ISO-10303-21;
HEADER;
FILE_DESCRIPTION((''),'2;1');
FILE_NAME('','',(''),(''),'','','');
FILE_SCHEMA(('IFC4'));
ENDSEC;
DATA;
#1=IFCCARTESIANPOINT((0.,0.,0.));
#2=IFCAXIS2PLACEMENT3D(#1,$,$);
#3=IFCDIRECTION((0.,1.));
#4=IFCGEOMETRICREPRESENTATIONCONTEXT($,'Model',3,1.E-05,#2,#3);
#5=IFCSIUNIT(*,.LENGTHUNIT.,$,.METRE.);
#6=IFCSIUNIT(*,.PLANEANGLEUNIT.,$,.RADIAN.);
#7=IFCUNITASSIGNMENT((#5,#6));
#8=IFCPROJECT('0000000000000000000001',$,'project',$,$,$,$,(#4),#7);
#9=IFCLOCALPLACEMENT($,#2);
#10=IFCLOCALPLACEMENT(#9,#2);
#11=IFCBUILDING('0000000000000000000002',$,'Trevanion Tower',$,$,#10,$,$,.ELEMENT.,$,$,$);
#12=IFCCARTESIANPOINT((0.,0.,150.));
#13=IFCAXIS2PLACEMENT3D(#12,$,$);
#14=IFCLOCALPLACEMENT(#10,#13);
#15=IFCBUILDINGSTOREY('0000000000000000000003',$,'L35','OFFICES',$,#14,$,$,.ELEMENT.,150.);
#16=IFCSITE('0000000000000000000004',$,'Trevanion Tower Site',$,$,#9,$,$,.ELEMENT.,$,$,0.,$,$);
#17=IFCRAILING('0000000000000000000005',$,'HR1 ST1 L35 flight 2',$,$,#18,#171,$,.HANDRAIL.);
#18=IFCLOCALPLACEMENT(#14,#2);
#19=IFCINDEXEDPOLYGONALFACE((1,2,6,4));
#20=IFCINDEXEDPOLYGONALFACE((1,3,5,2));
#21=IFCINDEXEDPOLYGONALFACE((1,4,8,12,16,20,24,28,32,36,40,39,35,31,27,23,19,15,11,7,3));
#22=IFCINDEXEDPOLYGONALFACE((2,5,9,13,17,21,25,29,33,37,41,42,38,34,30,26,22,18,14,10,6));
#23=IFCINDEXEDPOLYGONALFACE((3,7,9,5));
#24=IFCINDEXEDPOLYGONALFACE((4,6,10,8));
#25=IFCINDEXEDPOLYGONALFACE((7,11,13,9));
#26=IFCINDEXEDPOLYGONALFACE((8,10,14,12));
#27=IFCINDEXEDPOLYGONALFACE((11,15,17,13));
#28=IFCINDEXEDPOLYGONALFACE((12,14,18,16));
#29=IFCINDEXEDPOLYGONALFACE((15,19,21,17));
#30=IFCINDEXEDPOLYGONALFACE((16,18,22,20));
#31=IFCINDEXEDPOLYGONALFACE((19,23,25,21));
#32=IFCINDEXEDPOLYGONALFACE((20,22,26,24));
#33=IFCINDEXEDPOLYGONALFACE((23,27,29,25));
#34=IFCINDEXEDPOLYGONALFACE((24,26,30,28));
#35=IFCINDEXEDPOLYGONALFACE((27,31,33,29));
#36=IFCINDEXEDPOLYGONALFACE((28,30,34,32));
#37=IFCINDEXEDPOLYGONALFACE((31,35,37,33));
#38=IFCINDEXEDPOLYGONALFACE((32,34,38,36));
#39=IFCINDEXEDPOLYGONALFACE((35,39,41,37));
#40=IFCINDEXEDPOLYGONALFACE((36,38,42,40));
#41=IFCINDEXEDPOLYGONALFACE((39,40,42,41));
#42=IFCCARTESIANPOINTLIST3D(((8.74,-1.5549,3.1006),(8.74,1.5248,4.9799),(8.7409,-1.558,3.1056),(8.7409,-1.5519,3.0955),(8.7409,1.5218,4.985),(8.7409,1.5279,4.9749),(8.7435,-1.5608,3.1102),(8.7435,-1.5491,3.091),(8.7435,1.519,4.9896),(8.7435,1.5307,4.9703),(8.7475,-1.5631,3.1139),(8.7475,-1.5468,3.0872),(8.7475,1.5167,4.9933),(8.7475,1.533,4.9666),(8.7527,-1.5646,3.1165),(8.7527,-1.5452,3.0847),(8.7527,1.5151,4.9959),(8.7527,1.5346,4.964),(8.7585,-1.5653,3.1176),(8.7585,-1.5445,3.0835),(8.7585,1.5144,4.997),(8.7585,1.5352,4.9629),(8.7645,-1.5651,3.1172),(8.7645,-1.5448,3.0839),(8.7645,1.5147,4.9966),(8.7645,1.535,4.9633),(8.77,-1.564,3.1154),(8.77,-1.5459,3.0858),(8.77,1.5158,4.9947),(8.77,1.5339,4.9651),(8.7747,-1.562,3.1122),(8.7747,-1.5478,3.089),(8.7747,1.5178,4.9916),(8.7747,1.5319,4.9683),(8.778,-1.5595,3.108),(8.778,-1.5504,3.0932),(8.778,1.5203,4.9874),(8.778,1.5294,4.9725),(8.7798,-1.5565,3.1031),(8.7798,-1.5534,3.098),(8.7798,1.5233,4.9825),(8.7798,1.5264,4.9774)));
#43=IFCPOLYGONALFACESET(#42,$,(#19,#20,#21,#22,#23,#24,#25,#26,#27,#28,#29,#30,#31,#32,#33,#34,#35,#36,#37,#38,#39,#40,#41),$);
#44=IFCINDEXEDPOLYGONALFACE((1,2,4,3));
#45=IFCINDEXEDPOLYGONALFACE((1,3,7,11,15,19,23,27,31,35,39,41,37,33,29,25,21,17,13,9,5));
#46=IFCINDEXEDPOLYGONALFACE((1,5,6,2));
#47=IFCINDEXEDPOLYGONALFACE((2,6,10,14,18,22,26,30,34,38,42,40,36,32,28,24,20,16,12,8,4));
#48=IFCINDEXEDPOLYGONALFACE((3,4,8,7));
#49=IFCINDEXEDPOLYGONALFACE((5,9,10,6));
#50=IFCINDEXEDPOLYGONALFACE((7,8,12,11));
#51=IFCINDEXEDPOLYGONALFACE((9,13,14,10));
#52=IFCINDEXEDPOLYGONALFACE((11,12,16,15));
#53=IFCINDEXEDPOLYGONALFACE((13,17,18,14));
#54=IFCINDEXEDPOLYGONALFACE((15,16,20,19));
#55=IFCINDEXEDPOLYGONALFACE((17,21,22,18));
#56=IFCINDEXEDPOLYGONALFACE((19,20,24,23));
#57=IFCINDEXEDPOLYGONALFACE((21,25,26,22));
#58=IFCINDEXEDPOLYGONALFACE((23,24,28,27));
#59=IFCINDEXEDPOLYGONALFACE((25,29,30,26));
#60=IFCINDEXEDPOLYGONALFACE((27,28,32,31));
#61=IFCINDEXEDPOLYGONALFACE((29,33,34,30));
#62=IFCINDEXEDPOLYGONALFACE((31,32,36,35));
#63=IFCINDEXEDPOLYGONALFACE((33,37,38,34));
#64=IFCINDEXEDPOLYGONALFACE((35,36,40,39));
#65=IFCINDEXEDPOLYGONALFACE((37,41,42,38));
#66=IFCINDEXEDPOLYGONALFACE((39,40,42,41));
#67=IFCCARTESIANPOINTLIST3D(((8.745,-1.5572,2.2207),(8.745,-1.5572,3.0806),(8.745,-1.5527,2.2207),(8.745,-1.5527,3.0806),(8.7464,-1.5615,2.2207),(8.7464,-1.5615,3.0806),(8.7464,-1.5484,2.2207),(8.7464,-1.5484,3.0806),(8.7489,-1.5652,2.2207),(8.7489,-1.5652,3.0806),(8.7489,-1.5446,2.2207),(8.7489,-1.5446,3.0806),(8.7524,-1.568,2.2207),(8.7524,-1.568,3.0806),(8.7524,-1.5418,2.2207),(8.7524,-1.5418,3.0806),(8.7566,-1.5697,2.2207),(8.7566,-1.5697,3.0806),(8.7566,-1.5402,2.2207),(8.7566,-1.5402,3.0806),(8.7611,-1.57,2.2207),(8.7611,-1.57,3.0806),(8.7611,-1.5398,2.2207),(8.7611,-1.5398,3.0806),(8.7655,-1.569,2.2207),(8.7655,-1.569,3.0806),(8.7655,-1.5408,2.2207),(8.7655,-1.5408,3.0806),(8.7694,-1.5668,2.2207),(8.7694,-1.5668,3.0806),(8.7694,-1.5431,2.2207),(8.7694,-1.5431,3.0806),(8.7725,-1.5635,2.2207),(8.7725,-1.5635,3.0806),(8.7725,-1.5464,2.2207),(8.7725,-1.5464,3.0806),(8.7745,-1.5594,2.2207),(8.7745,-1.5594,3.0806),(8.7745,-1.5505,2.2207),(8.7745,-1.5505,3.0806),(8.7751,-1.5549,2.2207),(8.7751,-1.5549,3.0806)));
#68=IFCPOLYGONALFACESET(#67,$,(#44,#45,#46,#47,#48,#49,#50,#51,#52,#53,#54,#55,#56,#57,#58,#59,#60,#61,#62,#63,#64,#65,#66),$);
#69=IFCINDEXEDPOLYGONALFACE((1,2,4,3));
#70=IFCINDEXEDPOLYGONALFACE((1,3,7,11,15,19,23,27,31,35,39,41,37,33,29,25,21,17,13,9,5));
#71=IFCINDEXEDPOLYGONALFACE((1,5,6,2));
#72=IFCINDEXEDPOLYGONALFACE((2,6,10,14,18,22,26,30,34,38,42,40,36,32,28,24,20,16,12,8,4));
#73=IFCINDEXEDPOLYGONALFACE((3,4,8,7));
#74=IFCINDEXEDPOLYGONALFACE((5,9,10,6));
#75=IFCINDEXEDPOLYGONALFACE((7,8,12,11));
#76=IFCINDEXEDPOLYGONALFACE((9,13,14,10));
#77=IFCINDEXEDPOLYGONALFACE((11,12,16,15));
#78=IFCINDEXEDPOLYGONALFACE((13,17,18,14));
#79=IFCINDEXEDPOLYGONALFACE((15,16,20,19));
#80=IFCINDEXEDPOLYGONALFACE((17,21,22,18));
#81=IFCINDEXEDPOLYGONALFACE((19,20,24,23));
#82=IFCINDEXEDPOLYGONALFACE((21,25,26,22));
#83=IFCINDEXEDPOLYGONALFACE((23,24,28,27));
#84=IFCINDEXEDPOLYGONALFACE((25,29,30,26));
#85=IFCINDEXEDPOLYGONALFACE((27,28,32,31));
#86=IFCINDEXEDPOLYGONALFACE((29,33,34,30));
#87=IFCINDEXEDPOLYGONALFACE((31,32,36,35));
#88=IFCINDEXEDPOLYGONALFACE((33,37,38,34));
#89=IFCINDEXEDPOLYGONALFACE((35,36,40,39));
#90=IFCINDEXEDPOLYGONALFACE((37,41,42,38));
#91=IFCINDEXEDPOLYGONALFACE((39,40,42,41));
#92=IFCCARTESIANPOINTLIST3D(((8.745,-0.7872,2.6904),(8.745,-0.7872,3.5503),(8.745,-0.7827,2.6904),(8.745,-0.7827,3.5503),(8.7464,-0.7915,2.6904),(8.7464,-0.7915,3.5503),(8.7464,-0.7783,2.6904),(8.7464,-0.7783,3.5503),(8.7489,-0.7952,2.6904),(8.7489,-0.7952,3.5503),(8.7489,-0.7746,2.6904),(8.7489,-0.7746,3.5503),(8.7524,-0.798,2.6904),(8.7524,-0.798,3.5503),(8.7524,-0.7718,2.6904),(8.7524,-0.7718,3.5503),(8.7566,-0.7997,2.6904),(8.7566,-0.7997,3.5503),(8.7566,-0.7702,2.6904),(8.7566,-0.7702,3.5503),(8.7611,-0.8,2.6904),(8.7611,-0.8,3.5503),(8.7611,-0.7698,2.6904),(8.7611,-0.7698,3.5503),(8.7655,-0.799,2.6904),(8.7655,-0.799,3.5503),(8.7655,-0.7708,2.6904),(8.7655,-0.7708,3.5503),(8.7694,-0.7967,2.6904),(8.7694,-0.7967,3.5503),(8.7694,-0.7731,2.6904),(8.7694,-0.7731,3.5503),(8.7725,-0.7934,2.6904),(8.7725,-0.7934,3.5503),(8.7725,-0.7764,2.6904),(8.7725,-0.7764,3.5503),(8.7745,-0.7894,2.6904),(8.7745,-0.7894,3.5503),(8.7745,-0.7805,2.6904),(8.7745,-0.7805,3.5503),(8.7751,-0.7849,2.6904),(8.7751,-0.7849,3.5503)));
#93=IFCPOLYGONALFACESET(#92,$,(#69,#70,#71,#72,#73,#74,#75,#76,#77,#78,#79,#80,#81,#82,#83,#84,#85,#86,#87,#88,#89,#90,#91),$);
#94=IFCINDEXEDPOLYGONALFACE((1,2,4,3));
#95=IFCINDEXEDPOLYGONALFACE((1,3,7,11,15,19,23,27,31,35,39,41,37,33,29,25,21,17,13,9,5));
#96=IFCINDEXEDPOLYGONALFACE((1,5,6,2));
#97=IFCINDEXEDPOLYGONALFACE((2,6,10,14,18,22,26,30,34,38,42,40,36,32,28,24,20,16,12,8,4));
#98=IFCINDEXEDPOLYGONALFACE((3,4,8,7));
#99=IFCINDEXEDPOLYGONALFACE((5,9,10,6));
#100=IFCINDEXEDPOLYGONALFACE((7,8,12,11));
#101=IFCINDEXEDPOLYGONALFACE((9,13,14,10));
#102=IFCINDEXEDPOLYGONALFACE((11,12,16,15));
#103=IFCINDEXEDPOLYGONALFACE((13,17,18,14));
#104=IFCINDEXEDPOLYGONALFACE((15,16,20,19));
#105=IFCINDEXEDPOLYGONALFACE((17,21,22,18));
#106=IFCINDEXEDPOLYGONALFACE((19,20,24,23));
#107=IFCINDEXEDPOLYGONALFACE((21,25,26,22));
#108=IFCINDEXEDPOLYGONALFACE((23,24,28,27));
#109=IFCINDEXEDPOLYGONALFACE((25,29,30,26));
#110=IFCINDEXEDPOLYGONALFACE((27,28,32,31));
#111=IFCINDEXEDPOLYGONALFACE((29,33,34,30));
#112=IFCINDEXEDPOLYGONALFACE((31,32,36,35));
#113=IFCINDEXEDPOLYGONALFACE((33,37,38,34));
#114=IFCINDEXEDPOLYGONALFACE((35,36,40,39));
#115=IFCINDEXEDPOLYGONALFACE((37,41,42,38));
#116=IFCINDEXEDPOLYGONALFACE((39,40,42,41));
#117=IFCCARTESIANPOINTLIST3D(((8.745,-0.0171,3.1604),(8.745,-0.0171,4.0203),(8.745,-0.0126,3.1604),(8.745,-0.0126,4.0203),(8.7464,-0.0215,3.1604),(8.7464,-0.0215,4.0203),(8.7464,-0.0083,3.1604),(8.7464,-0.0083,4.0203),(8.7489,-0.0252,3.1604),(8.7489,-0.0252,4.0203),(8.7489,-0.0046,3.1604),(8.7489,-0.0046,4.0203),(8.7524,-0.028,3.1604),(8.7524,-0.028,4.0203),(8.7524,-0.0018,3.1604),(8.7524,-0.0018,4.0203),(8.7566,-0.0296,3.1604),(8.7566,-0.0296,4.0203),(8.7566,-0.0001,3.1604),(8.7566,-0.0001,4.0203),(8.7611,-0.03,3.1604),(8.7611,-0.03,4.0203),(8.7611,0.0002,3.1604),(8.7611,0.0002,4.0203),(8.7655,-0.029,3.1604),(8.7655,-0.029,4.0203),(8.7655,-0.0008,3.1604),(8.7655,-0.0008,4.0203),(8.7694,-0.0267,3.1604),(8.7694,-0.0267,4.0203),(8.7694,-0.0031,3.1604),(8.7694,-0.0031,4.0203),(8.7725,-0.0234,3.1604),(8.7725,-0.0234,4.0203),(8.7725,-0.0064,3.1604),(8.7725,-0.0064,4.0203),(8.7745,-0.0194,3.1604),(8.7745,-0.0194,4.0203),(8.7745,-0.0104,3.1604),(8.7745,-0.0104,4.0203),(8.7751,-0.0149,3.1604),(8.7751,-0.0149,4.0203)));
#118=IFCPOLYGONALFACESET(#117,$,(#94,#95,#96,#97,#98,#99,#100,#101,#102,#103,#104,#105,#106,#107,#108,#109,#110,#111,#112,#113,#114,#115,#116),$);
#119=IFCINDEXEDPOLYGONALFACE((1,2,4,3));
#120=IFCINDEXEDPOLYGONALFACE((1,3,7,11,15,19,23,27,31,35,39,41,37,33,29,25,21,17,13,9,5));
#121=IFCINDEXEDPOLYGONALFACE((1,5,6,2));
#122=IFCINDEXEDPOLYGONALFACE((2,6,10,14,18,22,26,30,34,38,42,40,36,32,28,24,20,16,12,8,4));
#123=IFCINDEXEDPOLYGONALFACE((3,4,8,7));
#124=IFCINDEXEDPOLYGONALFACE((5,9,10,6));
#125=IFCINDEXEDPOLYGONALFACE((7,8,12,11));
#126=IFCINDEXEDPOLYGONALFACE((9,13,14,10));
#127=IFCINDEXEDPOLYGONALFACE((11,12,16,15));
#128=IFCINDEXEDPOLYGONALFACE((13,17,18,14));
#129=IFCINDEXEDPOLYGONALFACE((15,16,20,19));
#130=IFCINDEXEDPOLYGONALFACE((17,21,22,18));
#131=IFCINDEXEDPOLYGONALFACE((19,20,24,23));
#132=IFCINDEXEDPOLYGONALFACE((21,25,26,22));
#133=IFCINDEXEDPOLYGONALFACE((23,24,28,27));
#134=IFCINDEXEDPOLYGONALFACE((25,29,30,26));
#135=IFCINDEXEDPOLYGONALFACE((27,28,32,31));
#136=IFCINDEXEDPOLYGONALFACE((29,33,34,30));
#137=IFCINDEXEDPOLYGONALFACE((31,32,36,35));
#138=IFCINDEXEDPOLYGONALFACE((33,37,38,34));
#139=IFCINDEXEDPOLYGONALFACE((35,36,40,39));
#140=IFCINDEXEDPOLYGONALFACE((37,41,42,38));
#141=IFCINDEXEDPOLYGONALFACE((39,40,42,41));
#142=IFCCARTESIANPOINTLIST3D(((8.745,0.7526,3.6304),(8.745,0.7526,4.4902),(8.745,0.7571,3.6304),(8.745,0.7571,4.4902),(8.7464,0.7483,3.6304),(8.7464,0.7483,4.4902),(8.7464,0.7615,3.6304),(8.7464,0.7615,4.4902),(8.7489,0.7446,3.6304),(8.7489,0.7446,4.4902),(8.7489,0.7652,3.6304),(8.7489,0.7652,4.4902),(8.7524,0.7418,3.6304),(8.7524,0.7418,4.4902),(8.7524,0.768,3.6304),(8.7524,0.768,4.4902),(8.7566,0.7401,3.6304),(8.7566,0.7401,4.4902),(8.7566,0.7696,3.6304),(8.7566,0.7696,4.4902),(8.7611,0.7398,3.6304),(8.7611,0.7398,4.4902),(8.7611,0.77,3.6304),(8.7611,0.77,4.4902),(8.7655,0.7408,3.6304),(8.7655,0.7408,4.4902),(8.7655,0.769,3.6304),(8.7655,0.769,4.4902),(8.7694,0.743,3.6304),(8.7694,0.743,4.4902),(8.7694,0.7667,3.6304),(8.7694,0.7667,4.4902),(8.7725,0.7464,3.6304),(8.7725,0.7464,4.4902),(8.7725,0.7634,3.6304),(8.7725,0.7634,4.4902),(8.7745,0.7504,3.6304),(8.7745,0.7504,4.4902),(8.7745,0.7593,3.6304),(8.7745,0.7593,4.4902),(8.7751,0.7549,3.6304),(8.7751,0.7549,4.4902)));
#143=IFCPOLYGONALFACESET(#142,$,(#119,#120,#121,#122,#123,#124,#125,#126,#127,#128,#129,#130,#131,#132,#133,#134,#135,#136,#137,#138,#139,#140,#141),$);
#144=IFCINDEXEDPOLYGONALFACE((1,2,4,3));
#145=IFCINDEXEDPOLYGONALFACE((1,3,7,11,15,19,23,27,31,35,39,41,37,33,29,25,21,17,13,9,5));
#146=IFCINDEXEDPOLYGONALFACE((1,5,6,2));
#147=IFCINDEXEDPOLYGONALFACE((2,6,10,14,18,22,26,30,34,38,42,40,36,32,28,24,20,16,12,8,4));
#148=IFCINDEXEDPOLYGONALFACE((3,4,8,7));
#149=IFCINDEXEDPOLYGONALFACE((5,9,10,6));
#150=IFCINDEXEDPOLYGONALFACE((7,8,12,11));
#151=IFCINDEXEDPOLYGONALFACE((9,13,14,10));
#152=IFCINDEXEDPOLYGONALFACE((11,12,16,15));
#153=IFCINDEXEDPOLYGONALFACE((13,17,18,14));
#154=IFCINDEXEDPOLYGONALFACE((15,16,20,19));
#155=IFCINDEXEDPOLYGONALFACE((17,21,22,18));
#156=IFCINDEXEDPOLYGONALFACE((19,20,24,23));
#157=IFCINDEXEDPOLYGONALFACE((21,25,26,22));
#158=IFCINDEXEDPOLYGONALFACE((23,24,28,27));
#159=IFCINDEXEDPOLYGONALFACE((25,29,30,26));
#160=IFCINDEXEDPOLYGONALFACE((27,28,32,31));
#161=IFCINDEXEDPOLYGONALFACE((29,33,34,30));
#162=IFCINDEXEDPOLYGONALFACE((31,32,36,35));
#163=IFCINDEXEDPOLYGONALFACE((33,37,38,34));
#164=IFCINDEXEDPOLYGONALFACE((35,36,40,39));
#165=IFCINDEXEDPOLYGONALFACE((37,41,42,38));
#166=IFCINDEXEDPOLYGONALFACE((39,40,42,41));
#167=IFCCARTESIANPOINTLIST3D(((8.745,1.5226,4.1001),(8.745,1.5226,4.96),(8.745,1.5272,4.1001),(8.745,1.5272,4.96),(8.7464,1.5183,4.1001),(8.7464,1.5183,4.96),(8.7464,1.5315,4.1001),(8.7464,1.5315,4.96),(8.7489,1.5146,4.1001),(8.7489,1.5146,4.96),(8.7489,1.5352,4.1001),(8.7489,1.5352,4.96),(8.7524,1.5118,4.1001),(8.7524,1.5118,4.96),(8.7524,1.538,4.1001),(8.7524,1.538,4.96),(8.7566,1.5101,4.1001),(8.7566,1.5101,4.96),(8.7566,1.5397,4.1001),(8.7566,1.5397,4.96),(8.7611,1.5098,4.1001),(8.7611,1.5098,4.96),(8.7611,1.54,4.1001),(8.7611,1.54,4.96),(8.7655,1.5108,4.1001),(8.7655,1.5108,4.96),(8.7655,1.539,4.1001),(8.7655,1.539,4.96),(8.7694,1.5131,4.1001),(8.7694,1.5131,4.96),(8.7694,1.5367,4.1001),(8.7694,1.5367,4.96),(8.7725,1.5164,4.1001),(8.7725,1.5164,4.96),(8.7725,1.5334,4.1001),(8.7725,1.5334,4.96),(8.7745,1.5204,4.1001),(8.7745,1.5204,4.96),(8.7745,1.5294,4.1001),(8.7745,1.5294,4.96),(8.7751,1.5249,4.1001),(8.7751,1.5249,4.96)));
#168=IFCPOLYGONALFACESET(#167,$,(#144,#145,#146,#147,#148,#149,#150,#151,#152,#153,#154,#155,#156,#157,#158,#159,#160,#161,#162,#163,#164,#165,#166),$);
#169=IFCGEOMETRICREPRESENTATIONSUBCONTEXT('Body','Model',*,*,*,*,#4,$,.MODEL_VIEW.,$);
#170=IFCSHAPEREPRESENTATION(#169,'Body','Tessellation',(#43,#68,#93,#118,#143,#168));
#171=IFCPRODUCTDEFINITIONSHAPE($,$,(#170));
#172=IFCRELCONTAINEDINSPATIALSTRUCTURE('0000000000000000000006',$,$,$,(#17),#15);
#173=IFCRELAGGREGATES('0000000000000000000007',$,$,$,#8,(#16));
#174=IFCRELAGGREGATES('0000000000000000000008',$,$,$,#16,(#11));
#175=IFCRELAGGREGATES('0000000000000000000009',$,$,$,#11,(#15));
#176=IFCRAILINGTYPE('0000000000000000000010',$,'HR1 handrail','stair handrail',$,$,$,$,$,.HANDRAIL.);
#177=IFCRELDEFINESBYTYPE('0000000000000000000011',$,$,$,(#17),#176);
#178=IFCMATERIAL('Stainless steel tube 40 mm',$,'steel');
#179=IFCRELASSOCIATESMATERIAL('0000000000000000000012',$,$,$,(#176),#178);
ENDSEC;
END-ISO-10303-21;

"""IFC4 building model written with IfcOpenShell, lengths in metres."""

from ifc_helpers import new_model, si_unit, direction, frame, origin, origin_2d, place, context, subcontext, project, spatial, circle, extrude, material, type_object, element, save


model = new_model("IFC4")

# Units and contexts
model_context = context("Model", 3, precision=1e-05, world=origin(), true_north=direction((0.0, 1.0)))
body_context = subcontext(model_context, "Body", "Model", "MODEL_VIEW")
ifc_project = project(units=[si_unit("LENGTHUNIT", "METRE"), si_unit("PLANEANGLEUNIT", "RADIAN")], contexts=[model_context])

# Site, building, storey
site_placement = place(None, origin())
site = spatial("IfcSite", under=ifc_project, at=site_placement, Name="Trevanion Tower Site", CompositionType="ELEMENT", RefElevation=0.0)
building_placement = place(site_placement, origin())
building = spatial("IfcBuilding", under=site, at=building_placement, Name="Trevanion Tower", CompositionType="ELEMENT")
storey_placement = place(building_placement, frame((0.0, 0.0, 150.0)))
storey = spatial("IfcBuildingStorey", under=building, at=storey_placement, Name="L35", Description="OFFICES", CompositionType="ELEMENT", Elevation=150.0)

# Railing
ifc_material_1 = material(Name="Stainless steel tube 40 mm", Category="steel")
railing_type = type_object("IfcRailingType", Name="HR1 handrail", Description="stair handrail", PredefinedType="HANDRAIL", material=ifc_material_1)
for number, where, name in (
    (1, (8.76, -1.5549, 2.2207), "HR1 ST1 L35 flight 2"),
):
    element("IfcRailing", number, at=place(storey_placement, frame(where)), inside=storey, type_object=railing_type, Name=name, PredefinedType="HANDRAIL", context=body_context, shape_type="SweptSolid", body=[
        extrude(circle(Radius=0.02, at=origin_2d()), frame((0.0, 0.0, 0.8799), z_axis=(0.0, 0.853618, 0.5209), x_axis=(-1.0, 0.0, 0.0)), (0.0, 0.0, 1.0), 3.6079),
        extrude(circle(Radius=0.0151, at=origin_2d()), origin(), (0.0, 0.0, 1.0), 0.8599),
        extrude(circle(Radius=0.0151, at=origin_2d()), frame((0.0, 0.77, 0.4697)), (0.0, 0.0, 1.0), 0.8599),
        extrude(circle(Radius=0.0151, at=origin_2d()), frame((0.0, 1.54, 0.9397)), (0.0, 0.0, 1.0), 0.8599),
        extrude(circle(Radius=0.0151, at=origin_2d()), frame((0.0, 2.3098, 1.4097)), (0.0, 0.0, 1.0), 0.8599),
        extrude(circle(Radius=0.0151, at=origin_2d()), frame((0.0, 3.0798, 1.8794)), (0.0, 0.0, 1.0), 0.8599),
    ])

save(model, "model.ifc")
